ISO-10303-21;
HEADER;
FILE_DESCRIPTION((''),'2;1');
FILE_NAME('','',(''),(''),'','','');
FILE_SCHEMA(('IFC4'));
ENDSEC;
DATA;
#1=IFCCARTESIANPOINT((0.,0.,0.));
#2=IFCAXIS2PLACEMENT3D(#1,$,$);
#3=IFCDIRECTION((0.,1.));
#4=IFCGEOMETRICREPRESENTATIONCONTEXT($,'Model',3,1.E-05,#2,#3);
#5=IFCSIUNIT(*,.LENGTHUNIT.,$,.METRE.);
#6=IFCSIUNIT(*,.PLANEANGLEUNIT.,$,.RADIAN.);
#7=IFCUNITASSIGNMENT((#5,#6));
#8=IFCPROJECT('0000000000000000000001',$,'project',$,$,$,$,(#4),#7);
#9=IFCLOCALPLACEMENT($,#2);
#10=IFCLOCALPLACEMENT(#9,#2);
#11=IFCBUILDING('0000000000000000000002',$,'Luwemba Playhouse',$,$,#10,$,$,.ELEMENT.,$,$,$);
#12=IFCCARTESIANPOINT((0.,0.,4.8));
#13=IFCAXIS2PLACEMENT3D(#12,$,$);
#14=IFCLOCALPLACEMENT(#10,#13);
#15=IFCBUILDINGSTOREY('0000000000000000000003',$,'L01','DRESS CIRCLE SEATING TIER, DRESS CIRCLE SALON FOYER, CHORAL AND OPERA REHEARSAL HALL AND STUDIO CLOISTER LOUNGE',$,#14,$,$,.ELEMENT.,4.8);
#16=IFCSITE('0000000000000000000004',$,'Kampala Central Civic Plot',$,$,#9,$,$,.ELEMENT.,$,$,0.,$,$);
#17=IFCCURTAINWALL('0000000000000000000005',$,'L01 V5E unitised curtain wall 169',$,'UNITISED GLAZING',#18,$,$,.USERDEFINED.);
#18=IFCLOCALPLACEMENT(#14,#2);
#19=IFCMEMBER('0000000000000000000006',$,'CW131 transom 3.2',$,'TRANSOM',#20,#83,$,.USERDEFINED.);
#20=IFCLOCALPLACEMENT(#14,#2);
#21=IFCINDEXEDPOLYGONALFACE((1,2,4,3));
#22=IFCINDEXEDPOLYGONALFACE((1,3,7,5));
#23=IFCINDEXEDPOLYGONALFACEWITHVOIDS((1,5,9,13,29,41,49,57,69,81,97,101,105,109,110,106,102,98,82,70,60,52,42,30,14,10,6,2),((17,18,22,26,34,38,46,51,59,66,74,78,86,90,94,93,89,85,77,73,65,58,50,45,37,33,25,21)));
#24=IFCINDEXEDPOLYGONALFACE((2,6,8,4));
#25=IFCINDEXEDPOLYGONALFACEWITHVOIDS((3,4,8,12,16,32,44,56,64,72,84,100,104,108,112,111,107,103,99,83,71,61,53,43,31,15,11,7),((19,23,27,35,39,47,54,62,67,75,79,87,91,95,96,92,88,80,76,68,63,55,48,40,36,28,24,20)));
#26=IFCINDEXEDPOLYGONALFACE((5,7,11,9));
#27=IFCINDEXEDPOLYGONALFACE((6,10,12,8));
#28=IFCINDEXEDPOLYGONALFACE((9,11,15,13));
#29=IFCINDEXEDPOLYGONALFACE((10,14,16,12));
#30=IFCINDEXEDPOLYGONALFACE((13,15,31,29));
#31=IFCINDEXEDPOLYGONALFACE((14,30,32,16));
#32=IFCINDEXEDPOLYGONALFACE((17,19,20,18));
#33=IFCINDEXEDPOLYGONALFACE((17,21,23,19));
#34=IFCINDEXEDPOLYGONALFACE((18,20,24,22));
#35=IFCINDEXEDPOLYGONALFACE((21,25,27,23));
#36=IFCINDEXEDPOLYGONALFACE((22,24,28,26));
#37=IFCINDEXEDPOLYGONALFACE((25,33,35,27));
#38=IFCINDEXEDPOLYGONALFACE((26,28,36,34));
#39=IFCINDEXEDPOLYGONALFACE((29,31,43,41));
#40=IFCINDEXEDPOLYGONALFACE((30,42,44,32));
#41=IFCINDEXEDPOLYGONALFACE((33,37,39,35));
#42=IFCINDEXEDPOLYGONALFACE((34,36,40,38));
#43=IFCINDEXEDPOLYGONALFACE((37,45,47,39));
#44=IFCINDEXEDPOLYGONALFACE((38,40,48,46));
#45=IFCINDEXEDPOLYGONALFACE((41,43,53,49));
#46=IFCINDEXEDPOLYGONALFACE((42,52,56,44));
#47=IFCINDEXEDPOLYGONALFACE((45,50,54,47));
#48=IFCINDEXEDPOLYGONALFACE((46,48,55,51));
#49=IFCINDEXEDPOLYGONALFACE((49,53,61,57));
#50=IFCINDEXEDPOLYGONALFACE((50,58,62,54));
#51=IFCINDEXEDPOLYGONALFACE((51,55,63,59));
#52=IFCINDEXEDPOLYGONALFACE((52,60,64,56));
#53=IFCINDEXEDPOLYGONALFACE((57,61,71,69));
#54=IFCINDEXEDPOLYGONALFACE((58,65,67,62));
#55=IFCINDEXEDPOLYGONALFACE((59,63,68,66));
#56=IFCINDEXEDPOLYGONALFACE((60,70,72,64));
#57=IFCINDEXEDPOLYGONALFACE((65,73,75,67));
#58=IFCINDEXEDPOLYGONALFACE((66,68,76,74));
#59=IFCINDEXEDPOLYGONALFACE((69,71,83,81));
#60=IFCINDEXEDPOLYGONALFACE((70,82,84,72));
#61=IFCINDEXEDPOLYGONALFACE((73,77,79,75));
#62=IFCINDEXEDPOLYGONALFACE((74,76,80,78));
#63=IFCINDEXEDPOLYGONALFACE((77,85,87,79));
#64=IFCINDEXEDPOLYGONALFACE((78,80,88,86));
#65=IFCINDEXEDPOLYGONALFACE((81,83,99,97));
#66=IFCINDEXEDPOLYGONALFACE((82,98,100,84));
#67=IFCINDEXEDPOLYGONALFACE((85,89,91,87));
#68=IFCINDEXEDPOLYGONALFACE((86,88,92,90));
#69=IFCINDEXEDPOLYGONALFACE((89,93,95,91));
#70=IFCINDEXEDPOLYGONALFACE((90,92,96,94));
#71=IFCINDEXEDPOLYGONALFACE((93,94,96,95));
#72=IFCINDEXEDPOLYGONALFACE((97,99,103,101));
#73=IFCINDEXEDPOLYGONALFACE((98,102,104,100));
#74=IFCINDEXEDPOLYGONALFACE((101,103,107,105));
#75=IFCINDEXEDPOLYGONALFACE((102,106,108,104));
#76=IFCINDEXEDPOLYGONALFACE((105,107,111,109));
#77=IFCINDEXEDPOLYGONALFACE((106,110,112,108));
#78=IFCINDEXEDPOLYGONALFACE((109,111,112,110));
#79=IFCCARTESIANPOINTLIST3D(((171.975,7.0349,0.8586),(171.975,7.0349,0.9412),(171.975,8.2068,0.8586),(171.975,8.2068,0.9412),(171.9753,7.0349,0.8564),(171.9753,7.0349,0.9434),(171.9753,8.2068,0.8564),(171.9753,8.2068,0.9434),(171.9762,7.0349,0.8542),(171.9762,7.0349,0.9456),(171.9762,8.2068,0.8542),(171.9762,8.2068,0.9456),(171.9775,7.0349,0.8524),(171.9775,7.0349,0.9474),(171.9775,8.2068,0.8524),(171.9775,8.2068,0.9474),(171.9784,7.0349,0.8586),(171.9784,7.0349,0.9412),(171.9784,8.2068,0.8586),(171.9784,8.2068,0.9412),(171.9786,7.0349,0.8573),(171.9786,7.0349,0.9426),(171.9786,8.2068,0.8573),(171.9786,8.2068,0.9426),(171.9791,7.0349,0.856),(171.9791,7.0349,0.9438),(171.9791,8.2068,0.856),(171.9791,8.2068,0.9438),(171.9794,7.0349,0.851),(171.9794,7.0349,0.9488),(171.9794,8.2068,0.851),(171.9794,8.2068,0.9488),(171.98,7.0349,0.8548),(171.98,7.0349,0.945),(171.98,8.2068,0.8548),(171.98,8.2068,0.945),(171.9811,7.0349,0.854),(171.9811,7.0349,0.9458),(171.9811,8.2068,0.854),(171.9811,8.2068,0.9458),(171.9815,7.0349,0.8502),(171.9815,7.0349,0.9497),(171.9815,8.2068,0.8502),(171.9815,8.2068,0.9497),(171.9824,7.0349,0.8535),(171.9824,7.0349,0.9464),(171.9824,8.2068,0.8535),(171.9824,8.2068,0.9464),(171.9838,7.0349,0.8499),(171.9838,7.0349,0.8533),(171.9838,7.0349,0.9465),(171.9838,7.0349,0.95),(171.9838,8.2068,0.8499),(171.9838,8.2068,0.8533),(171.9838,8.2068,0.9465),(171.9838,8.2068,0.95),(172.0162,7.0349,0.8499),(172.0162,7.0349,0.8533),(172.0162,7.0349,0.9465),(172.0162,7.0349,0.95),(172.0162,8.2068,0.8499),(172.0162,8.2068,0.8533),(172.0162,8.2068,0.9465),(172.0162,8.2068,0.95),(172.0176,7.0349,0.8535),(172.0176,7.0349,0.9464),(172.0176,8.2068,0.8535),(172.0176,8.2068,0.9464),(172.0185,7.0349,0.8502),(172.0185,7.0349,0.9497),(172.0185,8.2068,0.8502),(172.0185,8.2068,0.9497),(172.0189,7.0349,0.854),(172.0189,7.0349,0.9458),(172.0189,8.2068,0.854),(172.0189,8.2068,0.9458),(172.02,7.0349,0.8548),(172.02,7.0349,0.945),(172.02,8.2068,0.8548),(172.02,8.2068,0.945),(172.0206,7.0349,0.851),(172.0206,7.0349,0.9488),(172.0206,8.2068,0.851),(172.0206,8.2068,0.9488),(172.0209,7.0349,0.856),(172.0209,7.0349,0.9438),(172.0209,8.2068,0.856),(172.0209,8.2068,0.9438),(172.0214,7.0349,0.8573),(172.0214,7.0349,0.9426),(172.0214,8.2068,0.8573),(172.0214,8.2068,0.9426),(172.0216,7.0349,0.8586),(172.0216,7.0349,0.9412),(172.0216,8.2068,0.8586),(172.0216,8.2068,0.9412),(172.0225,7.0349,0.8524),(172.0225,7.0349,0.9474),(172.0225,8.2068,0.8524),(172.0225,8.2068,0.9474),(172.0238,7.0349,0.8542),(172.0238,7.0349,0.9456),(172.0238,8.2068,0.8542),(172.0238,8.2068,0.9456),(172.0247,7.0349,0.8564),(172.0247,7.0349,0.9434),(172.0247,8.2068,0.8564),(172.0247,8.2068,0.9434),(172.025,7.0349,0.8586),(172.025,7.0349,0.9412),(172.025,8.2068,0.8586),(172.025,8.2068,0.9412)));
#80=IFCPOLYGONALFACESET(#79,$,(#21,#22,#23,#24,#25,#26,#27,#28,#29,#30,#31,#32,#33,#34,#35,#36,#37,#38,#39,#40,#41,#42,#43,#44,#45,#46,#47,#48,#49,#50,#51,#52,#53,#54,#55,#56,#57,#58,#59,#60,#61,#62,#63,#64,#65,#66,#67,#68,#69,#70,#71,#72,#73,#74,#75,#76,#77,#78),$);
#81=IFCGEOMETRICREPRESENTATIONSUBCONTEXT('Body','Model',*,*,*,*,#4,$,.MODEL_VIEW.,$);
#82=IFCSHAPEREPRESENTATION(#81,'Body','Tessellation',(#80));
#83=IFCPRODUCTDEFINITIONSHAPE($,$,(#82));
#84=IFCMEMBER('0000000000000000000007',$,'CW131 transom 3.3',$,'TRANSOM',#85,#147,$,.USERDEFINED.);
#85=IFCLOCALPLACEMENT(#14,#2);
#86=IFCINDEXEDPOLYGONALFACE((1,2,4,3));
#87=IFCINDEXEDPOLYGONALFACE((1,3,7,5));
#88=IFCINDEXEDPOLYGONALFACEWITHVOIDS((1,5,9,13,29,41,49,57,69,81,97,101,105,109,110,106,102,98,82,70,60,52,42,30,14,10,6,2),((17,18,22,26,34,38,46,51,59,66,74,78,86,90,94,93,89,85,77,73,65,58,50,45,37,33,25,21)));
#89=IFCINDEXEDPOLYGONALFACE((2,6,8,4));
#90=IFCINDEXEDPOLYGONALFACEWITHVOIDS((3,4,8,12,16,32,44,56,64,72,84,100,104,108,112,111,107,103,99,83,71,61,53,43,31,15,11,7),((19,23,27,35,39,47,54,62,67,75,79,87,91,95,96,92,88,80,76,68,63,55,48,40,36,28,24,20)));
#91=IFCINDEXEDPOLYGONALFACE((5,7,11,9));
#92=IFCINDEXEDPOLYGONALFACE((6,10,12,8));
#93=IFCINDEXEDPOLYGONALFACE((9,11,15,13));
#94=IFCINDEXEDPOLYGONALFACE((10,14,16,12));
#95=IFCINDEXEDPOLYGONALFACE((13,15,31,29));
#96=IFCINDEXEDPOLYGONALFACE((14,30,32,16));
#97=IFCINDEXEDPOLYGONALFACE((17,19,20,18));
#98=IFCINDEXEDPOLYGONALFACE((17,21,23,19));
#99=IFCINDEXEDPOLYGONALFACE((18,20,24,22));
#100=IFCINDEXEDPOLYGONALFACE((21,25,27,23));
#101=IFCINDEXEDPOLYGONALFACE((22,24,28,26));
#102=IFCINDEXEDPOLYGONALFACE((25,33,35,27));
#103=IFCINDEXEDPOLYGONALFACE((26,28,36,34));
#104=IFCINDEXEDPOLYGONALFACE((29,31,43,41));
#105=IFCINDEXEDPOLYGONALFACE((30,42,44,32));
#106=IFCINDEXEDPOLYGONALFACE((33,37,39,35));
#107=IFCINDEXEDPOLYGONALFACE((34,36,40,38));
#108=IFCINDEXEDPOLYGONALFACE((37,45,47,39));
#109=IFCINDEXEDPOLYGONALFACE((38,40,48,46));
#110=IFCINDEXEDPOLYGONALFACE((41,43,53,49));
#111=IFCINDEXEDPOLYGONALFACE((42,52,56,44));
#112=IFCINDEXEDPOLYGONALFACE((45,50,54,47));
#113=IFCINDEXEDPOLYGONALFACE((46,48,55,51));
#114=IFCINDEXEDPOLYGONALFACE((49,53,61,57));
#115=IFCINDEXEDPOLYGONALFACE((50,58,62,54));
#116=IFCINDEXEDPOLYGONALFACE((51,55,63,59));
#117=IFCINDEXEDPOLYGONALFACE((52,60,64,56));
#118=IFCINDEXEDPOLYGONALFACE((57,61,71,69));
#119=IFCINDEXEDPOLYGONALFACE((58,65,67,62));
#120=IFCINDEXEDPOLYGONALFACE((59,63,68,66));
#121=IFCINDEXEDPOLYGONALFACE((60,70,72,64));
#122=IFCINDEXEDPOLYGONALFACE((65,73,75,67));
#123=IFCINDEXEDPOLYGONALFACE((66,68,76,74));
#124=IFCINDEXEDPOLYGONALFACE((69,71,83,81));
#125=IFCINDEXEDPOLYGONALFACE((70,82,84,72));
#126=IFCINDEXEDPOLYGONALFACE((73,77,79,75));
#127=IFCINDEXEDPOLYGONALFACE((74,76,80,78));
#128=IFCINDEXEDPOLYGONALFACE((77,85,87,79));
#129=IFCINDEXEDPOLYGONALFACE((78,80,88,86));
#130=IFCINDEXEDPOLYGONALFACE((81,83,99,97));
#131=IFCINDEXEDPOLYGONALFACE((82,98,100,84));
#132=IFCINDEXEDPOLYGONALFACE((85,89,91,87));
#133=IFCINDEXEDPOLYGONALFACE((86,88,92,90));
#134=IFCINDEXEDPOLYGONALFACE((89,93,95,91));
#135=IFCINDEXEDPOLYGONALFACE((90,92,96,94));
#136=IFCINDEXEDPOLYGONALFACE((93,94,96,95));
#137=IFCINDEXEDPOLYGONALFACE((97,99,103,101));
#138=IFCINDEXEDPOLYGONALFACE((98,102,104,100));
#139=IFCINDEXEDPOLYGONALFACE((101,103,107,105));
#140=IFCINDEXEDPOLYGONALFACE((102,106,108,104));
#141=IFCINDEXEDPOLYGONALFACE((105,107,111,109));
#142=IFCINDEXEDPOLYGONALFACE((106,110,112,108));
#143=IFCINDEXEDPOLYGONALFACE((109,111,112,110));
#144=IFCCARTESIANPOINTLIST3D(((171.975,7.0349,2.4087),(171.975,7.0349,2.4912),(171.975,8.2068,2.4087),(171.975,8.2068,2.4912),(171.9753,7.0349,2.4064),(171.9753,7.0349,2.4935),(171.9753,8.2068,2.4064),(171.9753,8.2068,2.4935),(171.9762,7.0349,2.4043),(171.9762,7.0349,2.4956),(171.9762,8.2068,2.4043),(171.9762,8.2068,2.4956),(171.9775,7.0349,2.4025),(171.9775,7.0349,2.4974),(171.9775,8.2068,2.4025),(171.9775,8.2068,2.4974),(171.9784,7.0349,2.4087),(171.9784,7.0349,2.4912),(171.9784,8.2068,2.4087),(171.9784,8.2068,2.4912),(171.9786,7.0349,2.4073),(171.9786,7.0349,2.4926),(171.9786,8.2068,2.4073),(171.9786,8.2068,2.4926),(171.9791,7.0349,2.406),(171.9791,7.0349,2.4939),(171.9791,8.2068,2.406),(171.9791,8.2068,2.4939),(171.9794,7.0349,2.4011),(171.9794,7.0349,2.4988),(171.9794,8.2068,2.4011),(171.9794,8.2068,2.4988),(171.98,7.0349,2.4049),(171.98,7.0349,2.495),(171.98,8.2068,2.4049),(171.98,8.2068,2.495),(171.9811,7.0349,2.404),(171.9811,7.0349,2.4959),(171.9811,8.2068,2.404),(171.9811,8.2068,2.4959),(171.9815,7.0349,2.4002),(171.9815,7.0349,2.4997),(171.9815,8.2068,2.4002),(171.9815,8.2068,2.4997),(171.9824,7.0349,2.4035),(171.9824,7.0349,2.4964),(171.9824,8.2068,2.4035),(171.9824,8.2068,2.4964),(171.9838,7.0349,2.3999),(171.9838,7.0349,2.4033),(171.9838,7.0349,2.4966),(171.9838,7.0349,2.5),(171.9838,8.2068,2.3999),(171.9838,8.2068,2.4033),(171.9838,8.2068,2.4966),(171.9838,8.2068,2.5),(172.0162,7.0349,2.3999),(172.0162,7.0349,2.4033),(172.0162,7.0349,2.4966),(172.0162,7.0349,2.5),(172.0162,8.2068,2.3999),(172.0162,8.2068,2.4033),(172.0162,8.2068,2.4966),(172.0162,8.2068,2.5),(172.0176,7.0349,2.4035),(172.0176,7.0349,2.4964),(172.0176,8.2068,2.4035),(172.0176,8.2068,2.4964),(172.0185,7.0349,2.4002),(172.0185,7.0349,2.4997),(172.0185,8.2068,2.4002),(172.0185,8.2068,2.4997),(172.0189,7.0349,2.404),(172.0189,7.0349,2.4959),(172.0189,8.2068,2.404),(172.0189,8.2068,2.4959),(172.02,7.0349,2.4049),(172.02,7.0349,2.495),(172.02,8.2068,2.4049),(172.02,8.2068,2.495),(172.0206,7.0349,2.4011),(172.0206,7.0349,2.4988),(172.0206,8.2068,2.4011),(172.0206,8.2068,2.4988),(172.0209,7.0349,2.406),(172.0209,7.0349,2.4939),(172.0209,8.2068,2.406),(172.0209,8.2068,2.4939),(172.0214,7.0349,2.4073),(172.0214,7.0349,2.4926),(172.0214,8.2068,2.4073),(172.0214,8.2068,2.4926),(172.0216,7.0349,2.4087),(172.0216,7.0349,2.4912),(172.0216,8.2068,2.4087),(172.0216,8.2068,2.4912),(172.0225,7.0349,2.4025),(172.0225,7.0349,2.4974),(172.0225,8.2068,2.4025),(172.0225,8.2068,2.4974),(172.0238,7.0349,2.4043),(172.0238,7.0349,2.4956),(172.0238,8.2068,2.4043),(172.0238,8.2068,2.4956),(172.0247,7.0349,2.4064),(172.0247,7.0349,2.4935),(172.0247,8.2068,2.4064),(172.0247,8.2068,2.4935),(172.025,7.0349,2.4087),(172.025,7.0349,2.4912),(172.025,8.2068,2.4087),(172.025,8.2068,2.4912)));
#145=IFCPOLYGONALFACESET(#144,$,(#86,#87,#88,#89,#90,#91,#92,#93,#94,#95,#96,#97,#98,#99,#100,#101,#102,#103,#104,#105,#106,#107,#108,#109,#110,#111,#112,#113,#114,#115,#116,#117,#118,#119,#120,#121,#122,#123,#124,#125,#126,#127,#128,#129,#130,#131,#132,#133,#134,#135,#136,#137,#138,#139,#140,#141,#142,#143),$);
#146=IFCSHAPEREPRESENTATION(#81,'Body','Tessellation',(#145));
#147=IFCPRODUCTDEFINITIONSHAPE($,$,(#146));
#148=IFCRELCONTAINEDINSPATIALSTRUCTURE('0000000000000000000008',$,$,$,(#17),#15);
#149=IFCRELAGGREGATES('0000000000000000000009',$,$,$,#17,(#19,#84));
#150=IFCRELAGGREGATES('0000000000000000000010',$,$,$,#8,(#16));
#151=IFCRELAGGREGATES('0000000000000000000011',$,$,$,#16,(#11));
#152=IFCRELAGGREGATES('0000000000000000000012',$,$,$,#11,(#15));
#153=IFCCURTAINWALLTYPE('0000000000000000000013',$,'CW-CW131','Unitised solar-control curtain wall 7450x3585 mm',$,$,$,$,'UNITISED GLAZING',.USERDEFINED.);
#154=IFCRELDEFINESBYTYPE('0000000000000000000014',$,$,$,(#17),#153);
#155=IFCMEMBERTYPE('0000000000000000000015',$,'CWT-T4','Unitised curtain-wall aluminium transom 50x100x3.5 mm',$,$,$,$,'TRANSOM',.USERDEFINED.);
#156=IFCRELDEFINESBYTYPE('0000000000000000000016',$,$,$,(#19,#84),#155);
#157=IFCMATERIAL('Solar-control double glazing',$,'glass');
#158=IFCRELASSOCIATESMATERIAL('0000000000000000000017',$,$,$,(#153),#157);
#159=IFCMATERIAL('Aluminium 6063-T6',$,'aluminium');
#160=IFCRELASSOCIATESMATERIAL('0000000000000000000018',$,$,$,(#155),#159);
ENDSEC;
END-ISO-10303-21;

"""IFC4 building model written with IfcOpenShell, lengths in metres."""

from ifc_helpers import new_model, si_unit, direction, frame, origin, origin_2d, place, context, subcontext, project, spatial, hollow_rectangle, extrude, material, material_profile, profile_set, type_object, element, aggregate, save


model = new_model("IFC4")

# Units and contexts
model_context = context("Model", 3, precision=1e-05, world=origin(), true_north=direction((0.0, 1.0)))
body_context = subcontext(model_context, "Body", "Model", "MODEL_VIEW")
ifc_project = project(units=[si_unit("LENGTHUNIT", "METRE"), si_unit("PLANEANGLEUNIT", "RADIAN")], contexts=[model_context])

# Site, building, storey
site_placement = place(None, origin())
site = spatial("IfcSite", under=ifc_project, at=site_placement, Name="Kampala Central Civic Plot", CompositionType="ELEMENT", RefElevation=0.0)
building_placement = place(site_placement, origin())
building = spatial("IfcBuilding", under=site, at=building_placement, Name="Luwemba Playhouse", CompositionType="ELEMENT")
storey_placement = place(building_placement, frame((0.0, 0.0, 4.8)))
storey = spatial("IfcBuildingStorey", under=building, at=storey_placement, Name="L01", Description="DRESS CIRCLE SEATING TIER, DRESS CIRCLE SALON FOYER, CHORAL AND OPERA REHEARSAL HALL AND STUDIO CLOISTER LOUNGE", CompositionType="ELEMENT", Elevation=4.8)

# Curtain wall, members
ifc_material_1 = material(Name="Solar-control double glazing", Category="glass")
curtain_wall_type = type_object("IfcCurtainWallType", Name="CW-CW131", Description="Unitised solar-control curtain wall 7450x3585 mm", ElementType="UNITISED GLAZING", PredefinedType="USERDEFINED", material=ifc_material_1)
curtain_wall_placement = place(storey_placement, origin())
curtain_wall = element("IfcCurtainWall", 1, at=curtain_wall_placement, inside=storey, type_object=curtain_wall_type, Name="L01 V5E unitised curtain wall 169", ObjectType="UNITISED GLAZING", PredefinedType="USERDEFINED")
ifc_material_2 = material(Name="Aluminium 6063-T6", Category="aluminium")
ifc_material_profile_1 = material_profile(ifc_material_2, hollow_rectangle(XDim=0.05, YDim=0.1001, WallThickness=0.0034, InnerFilletRadius=0.0054, OuterFilletRadius=0.0088, at=origin_2d()))
ifc_profile_set_1 = profile_set([ifc_material_profile_1], Name="Aluminium 6063-T6")
member_type_1 = type_object("IfcMemberType", Name="CWT-T4", Description="Unitised curtain-wall aluminium transom 50x100x3.5 mm", ElementType="TRANSOM", PredefinedType="USERDEFINED", material=ifc_profile_set_1)
member_1_placement = place(storey_placement, frame((172.0, 8.2068, 0.8999), z_axis=(0.0, -1.0, 0.0), x_axis=(1.0, 0.0, 0.0)))
member_1 = element("IfcMember", 2, at=member_1_placement, type_object=member_type_1, Name="CW131 transom 3.2", ObjectType="TRANSOM", PredefinedType="USERDEFINED", context=body_context, shape_type="SweptSolid", body=[
    extrude(hollow_rectangle(XDim=0.05, YDim=0.1001, WallThickness=0.0034, InnerFilletRadius=0.0054, OuterFilletRadius=0.0088, at=origin_2d()), origin(), (0.0, 0.0, 1.0), 1.1719),
])
member_2_placement = place(storey_placement, frame((172.0, 8.2068, 2.45), z_axis=(0.0, -1.0, 0.0), x_axis=(1.0, 0.0, 0.0)))
member_2 = element("IfcMember", 3, at=member_2_placement, type_object=member_type_1, Name="CW131 transom 3.3", ObjectType="TRANSOM", PredefinedType="USERDEFINED", context=body_context, shape_type="SweptSolid", body=[
    extrude(hollow_rectangle(XDim=0.05, YDim=0.1001, WallThickness=0.0034, InnerFilletRadius=0.0054, OuterFilletRadius=0.0088, at=origin_2d()), origin(), (0.0, 0.0, 1.0), 1.1719),
])
aggregate(curtain_wall, [member_1, member_2])

save(model, "model.ifc")
